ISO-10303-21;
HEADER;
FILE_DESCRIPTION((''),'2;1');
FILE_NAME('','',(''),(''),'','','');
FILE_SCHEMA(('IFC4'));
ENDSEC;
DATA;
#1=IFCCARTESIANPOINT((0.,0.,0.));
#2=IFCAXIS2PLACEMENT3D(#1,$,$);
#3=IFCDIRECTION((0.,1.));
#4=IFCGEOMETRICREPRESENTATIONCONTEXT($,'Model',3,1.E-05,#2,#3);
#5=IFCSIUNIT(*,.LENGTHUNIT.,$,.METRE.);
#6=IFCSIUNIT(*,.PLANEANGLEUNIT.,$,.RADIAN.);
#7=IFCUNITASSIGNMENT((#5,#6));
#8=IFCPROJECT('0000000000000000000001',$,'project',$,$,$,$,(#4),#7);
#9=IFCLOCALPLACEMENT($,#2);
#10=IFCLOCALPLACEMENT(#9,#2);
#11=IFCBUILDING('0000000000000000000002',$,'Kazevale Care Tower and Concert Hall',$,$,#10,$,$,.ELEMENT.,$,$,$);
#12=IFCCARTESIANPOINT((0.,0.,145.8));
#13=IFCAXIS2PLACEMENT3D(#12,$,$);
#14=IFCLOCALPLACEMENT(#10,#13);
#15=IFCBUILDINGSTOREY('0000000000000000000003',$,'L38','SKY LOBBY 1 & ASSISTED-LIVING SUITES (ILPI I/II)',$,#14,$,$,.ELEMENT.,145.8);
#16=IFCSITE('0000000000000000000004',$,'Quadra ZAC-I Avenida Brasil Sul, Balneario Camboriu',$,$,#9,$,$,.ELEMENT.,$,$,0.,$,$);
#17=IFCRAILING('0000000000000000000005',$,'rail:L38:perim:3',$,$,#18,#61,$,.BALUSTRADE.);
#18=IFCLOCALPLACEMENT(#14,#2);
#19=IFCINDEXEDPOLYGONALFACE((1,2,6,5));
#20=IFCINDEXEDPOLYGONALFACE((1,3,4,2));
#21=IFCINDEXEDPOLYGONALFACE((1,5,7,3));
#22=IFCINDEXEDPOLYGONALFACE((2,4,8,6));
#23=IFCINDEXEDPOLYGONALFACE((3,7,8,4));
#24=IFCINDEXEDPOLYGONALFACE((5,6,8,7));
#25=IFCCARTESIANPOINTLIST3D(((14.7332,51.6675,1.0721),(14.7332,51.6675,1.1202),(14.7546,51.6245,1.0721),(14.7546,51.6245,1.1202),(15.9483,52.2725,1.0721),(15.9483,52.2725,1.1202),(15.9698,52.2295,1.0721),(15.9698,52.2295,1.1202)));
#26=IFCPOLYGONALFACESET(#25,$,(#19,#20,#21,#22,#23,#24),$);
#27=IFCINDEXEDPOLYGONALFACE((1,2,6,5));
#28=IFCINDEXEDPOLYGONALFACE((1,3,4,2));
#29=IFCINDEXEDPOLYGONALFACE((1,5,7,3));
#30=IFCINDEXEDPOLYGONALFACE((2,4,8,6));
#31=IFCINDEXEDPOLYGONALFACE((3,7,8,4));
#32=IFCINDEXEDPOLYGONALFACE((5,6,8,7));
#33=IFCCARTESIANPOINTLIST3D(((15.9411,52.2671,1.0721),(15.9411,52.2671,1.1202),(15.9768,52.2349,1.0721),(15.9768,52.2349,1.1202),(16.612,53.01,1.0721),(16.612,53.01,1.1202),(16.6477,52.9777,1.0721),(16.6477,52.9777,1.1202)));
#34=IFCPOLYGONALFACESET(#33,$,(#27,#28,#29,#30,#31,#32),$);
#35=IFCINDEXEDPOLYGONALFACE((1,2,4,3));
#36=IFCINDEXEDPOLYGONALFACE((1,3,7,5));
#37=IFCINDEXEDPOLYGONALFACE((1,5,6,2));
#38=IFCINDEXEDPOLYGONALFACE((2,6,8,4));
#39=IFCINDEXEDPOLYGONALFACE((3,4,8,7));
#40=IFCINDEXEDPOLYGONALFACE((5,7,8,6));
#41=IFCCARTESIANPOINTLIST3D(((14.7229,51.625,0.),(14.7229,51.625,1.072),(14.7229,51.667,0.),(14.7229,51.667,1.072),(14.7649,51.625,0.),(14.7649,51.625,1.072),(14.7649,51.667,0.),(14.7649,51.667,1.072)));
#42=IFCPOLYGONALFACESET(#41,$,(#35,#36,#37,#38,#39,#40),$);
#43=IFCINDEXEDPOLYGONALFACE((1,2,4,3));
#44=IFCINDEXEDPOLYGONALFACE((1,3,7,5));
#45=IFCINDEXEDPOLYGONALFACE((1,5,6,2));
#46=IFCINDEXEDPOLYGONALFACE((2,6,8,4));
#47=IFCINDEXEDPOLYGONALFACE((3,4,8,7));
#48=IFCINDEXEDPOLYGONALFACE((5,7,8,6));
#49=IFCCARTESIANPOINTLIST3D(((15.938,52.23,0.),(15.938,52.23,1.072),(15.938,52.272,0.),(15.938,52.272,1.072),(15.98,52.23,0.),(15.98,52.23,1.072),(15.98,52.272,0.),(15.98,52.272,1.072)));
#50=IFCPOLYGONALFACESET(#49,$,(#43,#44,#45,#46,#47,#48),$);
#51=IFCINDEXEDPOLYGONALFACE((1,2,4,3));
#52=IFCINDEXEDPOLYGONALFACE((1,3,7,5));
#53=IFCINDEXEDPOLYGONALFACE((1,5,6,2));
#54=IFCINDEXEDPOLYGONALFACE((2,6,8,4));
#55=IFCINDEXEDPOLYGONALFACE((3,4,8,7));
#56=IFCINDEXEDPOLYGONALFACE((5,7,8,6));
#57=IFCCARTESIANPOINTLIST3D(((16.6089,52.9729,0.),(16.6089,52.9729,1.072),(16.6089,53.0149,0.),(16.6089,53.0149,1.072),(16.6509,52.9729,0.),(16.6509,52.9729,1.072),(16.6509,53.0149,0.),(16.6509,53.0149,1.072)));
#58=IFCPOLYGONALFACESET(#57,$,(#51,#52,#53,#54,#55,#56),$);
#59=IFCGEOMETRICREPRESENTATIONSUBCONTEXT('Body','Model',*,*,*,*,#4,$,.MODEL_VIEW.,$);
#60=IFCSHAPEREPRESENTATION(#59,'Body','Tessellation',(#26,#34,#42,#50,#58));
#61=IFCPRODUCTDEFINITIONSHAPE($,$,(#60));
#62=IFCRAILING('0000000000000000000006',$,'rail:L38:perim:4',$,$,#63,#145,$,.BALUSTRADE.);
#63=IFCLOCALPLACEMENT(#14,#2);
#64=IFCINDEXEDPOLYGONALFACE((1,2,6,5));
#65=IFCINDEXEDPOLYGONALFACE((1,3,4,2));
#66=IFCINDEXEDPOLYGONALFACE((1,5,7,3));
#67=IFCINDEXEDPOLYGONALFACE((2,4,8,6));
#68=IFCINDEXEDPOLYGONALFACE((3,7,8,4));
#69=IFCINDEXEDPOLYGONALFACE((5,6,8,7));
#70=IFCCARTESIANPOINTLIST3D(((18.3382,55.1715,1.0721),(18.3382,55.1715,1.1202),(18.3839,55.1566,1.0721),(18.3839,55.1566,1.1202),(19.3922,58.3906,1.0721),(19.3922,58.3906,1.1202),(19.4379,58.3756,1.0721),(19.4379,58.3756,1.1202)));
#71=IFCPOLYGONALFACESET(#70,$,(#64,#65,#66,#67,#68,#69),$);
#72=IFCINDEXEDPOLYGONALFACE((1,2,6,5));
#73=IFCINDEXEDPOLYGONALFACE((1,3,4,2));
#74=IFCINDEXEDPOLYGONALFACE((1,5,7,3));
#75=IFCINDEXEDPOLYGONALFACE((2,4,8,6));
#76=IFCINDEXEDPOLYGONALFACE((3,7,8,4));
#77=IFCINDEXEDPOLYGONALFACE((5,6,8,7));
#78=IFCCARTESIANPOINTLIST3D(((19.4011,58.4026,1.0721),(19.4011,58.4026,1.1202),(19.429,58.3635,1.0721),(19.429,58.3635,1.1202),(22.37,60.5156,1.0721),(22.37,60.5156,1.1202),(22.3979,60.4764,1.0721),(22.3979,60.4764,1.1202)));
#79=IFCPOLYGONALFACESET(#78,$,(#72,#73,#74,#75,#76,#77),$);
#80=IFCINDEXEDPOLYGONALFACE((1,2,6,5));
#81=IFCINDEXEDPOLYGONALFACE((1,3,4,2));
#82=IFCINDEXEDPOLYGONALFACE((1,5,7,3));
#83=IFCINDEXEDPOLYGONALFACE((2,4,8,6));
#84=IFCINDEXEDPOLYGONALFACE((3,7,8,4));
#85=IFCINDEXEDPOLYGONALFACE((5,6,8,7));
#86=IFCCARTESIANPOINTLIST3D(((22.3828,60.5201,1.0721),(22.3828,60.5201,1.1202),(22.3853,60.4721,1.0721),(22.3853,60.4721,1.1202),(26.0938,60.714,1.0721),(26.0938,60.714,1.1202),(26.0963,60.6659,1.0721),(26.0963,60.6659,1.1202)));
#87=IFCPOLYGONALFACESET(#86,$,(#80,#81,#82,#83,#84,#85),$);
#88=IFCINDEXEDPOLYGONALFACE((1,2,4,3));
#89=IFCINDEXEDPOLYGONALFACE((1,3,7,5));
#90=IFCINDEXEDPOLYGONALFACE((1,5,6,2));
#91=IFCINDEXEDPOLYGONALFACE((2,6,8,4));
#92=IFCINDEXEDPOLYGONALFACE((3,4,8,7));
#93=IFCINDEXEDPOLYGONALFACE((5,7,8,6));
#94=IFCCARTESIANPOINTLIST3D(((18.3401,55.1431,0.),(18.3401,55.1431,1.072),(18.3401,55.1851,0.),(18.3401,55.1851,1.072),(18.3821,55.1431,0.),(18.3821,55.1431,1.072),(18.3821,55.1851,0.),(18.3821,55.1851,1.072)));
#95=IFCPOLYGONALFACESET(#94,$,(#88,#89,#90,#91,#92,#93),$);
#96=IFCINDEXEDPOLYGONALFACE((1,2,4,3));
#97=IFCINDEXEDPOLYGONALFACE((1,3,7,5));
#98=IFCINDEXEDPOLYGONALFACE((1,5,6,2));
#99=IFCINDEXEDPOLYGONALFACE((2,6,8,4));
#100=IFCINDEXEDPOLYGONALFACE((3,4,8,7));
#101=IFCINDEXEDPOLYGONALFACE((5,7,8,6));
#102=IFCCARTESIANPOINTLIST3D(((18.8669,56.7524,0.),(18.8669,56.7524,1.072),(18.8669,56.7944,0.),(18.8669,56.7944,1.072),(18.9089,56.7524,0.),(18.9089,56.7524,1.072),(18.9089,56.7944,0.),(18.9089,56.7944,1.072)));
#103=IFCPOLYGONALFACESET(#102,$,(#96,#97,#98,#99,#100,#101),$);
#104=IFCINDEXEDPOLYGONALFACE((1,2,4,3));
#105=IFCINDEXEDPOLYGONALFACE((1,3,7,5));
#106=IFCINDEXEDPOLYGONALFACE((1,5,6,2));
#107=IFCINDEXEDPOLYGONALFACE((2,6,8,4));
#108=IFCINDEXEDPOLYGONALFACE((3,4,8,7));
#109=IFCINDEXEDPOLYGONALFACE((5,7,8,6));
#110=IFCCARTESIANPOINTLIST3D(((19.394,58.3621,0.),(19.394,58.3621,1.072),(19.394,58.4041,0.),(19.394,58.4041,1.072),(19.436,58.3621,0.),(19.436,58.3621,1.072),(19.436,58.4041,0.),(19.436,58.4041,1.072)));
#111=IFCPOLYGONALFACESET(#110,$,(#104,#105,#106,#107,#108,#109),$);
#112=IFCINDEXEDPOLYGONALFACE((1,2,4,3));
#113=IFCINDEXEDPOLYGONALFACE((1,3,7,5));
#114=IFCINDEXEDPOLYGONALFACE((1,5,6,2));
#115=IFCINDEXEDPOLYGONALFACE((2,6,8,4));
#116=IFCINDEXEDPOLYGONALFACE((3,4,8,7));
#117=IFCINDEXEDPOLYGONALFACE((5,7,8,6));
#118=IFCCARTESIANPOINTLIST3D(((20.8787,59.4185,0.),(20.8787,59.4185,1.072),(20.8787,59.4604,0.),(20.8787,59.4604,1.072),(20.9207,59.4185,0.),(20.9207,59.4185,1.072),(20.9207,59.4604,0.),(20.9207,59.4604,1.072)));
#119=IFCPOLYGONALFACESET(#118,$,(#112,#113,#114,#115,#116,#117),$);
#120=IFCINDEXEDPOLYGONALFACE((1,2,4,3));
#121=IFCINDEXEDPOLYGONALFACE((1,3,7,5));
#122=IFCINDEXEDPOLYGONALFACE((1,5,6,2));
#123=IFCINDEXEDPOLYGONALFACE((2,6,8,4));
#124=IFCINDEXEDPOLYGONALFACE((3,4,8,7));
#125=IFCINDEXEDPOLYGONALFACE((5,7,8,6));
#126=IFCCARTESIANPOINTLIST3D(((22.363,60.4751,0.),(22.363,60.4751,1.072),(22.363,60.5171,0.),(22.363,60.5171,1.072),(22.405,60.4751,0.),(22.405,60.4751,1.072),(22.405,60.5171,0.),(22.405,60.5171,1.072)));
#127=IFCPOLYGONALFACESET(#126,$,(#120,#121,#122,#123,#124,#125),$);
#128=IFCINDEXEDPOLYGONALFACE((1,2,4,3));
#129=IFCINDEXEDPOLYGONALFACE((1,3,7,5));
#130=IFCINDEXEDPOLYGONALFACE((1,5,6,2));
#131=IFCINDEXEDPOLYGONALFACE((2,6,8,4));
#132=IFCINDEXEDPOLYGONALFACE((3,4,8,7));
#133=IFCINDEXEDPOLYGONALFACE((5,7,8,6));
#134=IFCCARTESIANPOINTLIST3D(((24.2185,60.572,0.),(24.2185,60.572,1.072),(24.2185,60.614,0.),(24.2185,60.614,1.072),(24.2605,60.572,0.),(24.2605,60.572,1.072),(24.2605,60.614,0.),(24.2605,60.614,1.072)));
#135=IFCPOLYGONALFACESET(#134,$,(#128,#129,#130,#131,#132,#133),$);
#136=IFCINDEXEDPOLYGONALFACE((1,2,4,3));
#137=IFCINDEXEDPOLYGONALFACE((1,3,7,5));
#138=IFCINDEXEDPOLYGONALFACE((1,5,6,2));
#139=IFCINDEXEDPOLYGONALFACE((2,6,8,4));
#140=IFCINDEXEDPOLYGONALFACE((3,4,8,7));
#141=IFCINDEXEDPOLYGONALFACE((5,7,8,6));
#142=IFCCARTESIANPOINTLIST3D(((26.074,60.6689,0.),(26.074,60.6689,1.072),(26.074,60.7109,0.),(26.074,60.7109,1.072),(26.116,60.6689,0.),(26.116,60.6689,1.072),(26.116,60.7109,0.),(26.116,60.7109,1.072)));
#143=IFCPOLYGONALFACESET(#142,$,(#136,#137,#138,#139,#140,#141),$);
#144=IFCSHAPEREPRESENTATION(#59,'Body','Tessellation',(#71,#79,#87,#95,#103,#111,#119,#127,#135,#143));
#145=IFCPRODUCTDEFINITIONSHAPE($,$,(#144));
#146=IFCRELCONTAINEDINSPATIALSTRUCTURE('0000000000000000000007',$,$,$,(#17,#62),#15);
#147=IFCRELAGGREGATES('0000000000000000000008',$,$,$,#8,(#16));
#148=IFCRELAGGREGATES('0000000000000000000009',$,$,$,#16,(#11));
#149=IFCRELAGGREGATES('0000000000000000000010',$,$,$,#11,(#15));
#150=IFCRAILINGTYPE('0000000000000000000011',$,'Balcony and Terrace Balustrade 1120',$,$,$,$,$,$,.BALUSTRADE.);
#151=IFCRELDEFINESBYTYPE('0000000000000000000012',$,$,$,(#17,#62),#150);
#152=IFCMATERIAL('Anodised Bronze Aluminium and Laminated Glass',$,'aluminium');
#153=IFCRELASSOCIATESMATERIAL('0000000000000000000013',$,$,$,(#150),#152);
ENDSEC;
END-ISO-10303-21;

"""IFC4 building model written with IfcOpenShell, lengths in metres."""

from ifc_helpers import new_model, si_unit, direction, frame, origin, origin_2d, place, context, subcontext, project, spatial, rectangle, extrude, material, type_object, element, save


model = new_model("IFC4")

# Units and contexts
model_context = context("Model", 3, precision=1e-05, world=origin(), true_north=direction((0.0, 1.0)))
body_context = subcontext(model_context, "Body", "Model", "MODEL_VIEW")
ifc_project = project(units=[si_unit("LENGTHUNIT", "METRE"), si_unit("PLANEANGLEUNIT", "RADIAN")], contexts=[model_context])

# Site, building, storey
site_placement = place(None, origin())
site = spatial("IfcSite", under=ifc_project, at=site_placement, Name="Quadra ZAC-I Avenida Brasil Sul, Balneario Camboriu", CompositionType="ELEMENT", RefElevation=0.0)
building_placement = place(site_placement, origin())
building = spatial("IfcBuilding", under=site, at=building_placement, Name="Kazevale Care Tower and Concert Hall", CompositionType="ELEMENT")
storey_placement = place(building_placement, frame((0.0, 0.0, 145.8)))
storey = spatial("IfcBuildingStorey", under=building, at=storey_placement, Name="L38", Description="SKY LOBBY 1 & ASSISTED-LIVING SUITES (ILPI I/II)", CompositionType="ELEMENT", Elevation=145.8)

# Railings
ifc_material_1 = material(Name="Anodised Bronze Aluminium and Laminated Glass", Category="aluminium")
railing_type = type_object("IfcRailingType", Name="Balcony and Terrace Balustrade 1120", PredefinedType="BALUSTRADE", material=ifc_material_1)
railing_1_placement = place(storey_placement, frame((14.7439, 51.646, 0.0)))
element("IfcRailing", 1, at=railing_1_placement, inside=storey, type_object=railing_type, Name="rail:L38:perim:3", PredefinedType="BALUSTRADE", context=body_context, shape_type="SweptSolid", body=[
    extrude(rectangle(XDim=0.0481, YDim=0.0481, at=origin_2d()), frame((0.0, 0.0, 1.0962), z_axis=(0.895181, 0.445702, 0.0), x_axis=(-0.445702, 0.895181, 0.0)), (0.0, 0.0, 1.0), 1.3574),
    extrude(rectangle(XDim=0.0481, YDim=0.0481, at=origin_2d()), frame((1.2151, 0.605, 1.0962), z_axis=(0.670217, 0.742165, 0.0), x_axis=(-0.742165, 0.670217, 0.0)), (0.0, 0.0, 1.0), 1.001),
    extrude(rectangle(XDim=0.042, YDim=0.042, at=origin_2d()), origin(), (0.0, 0.0, 1.0), 1.072),
    extrude(rectangle(XDim=0.042, YDim=0.042, at=origin_2d()), frame((1.2151, 0.605, 0.0)), (0.0, 0.0, 1.0), 1.072),
    extrude(rectangle(XDim=0.042, YDim=0.042, at=origin_2d()), frame((1.886, 1.3479, 0.0)), (0.0, 0.0, 1.0), 1.072),
])
railing_2_placement = place(storey_placement, frame((18.3611, 55.1641, 0.0)))
element("IfcRailing", 2, at=railing_2_placement, inside=storey, type_object=railing_type, Name="rail:L38:perim:4", PredefinedType="BALUSTRADE", context=body_context, shape_type="SweptSolid", body=[
    extrude(rectangle(XDim=0.0481, YDim=0.0481, at=origin_2d()), frame((0.0, 0.0, 1.0962), z_axis=(0.311163, 0.950356, 0.0), x_axis=(-0.950356, 0.311163, 0.0)), (0.0, 0.0, 1.0), 3.3872),
    extrude(rectangle(XDim=0.0481, YDim=0.0481, at=origin_2d()), frame((1.054, 3.219, 1.0962), z_axis=(0.814728, 0.579843, 0.0), x_axis=(-0.579843, 0.814728, 0.0)), (0.0, 0.0, 1.0), 3.644),
    extrude(rectangle(XDim=0.0481, YDim=0.0481, at=origin_2d()), frame((4.0229, 5.332, 1.0962), z_axis=(0.998638, 0.052166, 0.0), x_axis=(-0.052166, 0.998638, 0.0)), (0.0, 0.0, 1.0), 3.7161),
    extrude(rectangle(XDim=0.042, YDim=0.042, at=origin_2d()), origin(), (0.0, 0.0, 1.0), 1.072),
    extrude(rectangle(XDim=0.042, YDim=0.042, at=origin_2d()), frame((0.5269, 1.6094, 0.0)), (0.0, 0.0, 1.0), 1.072),
    extrude(rectangle(XDim=0.042, YDim=0.042, at=origin_2d()), frame((1.054, 3.219, 0.0)), (0.0, 0.0, 1.0), 1.072),
    extrude(rectangle(XDim=0.042, YDim=0.042, at=origin_2d()), frame((2.5386, 4.2754, 0.0)), (0.0, 0.0, 1.0), 1.072),
    extrude(rectangle(XDim=0.042, YDim=0.042, at=origin_2d()), frame((4.0229, 5.332, 0.0)), (0.0, 0.0, 1.0), 1.072),
    extrude(rectangle(XDim=0.042, YDim=0.042, at=origin_2d()), frame((5.8784, 5.429, 0.0)), (0.0, 0.0, 1.0), 1.072),
    extrude(rectangle(XDim=0.042, YDim=0.042, at=origin_2d()), frame((7.7339, 5.5259, 0.0)), (0.0, 0.0, 1.0), 1.072),
])

save(model, "model.ifc")
